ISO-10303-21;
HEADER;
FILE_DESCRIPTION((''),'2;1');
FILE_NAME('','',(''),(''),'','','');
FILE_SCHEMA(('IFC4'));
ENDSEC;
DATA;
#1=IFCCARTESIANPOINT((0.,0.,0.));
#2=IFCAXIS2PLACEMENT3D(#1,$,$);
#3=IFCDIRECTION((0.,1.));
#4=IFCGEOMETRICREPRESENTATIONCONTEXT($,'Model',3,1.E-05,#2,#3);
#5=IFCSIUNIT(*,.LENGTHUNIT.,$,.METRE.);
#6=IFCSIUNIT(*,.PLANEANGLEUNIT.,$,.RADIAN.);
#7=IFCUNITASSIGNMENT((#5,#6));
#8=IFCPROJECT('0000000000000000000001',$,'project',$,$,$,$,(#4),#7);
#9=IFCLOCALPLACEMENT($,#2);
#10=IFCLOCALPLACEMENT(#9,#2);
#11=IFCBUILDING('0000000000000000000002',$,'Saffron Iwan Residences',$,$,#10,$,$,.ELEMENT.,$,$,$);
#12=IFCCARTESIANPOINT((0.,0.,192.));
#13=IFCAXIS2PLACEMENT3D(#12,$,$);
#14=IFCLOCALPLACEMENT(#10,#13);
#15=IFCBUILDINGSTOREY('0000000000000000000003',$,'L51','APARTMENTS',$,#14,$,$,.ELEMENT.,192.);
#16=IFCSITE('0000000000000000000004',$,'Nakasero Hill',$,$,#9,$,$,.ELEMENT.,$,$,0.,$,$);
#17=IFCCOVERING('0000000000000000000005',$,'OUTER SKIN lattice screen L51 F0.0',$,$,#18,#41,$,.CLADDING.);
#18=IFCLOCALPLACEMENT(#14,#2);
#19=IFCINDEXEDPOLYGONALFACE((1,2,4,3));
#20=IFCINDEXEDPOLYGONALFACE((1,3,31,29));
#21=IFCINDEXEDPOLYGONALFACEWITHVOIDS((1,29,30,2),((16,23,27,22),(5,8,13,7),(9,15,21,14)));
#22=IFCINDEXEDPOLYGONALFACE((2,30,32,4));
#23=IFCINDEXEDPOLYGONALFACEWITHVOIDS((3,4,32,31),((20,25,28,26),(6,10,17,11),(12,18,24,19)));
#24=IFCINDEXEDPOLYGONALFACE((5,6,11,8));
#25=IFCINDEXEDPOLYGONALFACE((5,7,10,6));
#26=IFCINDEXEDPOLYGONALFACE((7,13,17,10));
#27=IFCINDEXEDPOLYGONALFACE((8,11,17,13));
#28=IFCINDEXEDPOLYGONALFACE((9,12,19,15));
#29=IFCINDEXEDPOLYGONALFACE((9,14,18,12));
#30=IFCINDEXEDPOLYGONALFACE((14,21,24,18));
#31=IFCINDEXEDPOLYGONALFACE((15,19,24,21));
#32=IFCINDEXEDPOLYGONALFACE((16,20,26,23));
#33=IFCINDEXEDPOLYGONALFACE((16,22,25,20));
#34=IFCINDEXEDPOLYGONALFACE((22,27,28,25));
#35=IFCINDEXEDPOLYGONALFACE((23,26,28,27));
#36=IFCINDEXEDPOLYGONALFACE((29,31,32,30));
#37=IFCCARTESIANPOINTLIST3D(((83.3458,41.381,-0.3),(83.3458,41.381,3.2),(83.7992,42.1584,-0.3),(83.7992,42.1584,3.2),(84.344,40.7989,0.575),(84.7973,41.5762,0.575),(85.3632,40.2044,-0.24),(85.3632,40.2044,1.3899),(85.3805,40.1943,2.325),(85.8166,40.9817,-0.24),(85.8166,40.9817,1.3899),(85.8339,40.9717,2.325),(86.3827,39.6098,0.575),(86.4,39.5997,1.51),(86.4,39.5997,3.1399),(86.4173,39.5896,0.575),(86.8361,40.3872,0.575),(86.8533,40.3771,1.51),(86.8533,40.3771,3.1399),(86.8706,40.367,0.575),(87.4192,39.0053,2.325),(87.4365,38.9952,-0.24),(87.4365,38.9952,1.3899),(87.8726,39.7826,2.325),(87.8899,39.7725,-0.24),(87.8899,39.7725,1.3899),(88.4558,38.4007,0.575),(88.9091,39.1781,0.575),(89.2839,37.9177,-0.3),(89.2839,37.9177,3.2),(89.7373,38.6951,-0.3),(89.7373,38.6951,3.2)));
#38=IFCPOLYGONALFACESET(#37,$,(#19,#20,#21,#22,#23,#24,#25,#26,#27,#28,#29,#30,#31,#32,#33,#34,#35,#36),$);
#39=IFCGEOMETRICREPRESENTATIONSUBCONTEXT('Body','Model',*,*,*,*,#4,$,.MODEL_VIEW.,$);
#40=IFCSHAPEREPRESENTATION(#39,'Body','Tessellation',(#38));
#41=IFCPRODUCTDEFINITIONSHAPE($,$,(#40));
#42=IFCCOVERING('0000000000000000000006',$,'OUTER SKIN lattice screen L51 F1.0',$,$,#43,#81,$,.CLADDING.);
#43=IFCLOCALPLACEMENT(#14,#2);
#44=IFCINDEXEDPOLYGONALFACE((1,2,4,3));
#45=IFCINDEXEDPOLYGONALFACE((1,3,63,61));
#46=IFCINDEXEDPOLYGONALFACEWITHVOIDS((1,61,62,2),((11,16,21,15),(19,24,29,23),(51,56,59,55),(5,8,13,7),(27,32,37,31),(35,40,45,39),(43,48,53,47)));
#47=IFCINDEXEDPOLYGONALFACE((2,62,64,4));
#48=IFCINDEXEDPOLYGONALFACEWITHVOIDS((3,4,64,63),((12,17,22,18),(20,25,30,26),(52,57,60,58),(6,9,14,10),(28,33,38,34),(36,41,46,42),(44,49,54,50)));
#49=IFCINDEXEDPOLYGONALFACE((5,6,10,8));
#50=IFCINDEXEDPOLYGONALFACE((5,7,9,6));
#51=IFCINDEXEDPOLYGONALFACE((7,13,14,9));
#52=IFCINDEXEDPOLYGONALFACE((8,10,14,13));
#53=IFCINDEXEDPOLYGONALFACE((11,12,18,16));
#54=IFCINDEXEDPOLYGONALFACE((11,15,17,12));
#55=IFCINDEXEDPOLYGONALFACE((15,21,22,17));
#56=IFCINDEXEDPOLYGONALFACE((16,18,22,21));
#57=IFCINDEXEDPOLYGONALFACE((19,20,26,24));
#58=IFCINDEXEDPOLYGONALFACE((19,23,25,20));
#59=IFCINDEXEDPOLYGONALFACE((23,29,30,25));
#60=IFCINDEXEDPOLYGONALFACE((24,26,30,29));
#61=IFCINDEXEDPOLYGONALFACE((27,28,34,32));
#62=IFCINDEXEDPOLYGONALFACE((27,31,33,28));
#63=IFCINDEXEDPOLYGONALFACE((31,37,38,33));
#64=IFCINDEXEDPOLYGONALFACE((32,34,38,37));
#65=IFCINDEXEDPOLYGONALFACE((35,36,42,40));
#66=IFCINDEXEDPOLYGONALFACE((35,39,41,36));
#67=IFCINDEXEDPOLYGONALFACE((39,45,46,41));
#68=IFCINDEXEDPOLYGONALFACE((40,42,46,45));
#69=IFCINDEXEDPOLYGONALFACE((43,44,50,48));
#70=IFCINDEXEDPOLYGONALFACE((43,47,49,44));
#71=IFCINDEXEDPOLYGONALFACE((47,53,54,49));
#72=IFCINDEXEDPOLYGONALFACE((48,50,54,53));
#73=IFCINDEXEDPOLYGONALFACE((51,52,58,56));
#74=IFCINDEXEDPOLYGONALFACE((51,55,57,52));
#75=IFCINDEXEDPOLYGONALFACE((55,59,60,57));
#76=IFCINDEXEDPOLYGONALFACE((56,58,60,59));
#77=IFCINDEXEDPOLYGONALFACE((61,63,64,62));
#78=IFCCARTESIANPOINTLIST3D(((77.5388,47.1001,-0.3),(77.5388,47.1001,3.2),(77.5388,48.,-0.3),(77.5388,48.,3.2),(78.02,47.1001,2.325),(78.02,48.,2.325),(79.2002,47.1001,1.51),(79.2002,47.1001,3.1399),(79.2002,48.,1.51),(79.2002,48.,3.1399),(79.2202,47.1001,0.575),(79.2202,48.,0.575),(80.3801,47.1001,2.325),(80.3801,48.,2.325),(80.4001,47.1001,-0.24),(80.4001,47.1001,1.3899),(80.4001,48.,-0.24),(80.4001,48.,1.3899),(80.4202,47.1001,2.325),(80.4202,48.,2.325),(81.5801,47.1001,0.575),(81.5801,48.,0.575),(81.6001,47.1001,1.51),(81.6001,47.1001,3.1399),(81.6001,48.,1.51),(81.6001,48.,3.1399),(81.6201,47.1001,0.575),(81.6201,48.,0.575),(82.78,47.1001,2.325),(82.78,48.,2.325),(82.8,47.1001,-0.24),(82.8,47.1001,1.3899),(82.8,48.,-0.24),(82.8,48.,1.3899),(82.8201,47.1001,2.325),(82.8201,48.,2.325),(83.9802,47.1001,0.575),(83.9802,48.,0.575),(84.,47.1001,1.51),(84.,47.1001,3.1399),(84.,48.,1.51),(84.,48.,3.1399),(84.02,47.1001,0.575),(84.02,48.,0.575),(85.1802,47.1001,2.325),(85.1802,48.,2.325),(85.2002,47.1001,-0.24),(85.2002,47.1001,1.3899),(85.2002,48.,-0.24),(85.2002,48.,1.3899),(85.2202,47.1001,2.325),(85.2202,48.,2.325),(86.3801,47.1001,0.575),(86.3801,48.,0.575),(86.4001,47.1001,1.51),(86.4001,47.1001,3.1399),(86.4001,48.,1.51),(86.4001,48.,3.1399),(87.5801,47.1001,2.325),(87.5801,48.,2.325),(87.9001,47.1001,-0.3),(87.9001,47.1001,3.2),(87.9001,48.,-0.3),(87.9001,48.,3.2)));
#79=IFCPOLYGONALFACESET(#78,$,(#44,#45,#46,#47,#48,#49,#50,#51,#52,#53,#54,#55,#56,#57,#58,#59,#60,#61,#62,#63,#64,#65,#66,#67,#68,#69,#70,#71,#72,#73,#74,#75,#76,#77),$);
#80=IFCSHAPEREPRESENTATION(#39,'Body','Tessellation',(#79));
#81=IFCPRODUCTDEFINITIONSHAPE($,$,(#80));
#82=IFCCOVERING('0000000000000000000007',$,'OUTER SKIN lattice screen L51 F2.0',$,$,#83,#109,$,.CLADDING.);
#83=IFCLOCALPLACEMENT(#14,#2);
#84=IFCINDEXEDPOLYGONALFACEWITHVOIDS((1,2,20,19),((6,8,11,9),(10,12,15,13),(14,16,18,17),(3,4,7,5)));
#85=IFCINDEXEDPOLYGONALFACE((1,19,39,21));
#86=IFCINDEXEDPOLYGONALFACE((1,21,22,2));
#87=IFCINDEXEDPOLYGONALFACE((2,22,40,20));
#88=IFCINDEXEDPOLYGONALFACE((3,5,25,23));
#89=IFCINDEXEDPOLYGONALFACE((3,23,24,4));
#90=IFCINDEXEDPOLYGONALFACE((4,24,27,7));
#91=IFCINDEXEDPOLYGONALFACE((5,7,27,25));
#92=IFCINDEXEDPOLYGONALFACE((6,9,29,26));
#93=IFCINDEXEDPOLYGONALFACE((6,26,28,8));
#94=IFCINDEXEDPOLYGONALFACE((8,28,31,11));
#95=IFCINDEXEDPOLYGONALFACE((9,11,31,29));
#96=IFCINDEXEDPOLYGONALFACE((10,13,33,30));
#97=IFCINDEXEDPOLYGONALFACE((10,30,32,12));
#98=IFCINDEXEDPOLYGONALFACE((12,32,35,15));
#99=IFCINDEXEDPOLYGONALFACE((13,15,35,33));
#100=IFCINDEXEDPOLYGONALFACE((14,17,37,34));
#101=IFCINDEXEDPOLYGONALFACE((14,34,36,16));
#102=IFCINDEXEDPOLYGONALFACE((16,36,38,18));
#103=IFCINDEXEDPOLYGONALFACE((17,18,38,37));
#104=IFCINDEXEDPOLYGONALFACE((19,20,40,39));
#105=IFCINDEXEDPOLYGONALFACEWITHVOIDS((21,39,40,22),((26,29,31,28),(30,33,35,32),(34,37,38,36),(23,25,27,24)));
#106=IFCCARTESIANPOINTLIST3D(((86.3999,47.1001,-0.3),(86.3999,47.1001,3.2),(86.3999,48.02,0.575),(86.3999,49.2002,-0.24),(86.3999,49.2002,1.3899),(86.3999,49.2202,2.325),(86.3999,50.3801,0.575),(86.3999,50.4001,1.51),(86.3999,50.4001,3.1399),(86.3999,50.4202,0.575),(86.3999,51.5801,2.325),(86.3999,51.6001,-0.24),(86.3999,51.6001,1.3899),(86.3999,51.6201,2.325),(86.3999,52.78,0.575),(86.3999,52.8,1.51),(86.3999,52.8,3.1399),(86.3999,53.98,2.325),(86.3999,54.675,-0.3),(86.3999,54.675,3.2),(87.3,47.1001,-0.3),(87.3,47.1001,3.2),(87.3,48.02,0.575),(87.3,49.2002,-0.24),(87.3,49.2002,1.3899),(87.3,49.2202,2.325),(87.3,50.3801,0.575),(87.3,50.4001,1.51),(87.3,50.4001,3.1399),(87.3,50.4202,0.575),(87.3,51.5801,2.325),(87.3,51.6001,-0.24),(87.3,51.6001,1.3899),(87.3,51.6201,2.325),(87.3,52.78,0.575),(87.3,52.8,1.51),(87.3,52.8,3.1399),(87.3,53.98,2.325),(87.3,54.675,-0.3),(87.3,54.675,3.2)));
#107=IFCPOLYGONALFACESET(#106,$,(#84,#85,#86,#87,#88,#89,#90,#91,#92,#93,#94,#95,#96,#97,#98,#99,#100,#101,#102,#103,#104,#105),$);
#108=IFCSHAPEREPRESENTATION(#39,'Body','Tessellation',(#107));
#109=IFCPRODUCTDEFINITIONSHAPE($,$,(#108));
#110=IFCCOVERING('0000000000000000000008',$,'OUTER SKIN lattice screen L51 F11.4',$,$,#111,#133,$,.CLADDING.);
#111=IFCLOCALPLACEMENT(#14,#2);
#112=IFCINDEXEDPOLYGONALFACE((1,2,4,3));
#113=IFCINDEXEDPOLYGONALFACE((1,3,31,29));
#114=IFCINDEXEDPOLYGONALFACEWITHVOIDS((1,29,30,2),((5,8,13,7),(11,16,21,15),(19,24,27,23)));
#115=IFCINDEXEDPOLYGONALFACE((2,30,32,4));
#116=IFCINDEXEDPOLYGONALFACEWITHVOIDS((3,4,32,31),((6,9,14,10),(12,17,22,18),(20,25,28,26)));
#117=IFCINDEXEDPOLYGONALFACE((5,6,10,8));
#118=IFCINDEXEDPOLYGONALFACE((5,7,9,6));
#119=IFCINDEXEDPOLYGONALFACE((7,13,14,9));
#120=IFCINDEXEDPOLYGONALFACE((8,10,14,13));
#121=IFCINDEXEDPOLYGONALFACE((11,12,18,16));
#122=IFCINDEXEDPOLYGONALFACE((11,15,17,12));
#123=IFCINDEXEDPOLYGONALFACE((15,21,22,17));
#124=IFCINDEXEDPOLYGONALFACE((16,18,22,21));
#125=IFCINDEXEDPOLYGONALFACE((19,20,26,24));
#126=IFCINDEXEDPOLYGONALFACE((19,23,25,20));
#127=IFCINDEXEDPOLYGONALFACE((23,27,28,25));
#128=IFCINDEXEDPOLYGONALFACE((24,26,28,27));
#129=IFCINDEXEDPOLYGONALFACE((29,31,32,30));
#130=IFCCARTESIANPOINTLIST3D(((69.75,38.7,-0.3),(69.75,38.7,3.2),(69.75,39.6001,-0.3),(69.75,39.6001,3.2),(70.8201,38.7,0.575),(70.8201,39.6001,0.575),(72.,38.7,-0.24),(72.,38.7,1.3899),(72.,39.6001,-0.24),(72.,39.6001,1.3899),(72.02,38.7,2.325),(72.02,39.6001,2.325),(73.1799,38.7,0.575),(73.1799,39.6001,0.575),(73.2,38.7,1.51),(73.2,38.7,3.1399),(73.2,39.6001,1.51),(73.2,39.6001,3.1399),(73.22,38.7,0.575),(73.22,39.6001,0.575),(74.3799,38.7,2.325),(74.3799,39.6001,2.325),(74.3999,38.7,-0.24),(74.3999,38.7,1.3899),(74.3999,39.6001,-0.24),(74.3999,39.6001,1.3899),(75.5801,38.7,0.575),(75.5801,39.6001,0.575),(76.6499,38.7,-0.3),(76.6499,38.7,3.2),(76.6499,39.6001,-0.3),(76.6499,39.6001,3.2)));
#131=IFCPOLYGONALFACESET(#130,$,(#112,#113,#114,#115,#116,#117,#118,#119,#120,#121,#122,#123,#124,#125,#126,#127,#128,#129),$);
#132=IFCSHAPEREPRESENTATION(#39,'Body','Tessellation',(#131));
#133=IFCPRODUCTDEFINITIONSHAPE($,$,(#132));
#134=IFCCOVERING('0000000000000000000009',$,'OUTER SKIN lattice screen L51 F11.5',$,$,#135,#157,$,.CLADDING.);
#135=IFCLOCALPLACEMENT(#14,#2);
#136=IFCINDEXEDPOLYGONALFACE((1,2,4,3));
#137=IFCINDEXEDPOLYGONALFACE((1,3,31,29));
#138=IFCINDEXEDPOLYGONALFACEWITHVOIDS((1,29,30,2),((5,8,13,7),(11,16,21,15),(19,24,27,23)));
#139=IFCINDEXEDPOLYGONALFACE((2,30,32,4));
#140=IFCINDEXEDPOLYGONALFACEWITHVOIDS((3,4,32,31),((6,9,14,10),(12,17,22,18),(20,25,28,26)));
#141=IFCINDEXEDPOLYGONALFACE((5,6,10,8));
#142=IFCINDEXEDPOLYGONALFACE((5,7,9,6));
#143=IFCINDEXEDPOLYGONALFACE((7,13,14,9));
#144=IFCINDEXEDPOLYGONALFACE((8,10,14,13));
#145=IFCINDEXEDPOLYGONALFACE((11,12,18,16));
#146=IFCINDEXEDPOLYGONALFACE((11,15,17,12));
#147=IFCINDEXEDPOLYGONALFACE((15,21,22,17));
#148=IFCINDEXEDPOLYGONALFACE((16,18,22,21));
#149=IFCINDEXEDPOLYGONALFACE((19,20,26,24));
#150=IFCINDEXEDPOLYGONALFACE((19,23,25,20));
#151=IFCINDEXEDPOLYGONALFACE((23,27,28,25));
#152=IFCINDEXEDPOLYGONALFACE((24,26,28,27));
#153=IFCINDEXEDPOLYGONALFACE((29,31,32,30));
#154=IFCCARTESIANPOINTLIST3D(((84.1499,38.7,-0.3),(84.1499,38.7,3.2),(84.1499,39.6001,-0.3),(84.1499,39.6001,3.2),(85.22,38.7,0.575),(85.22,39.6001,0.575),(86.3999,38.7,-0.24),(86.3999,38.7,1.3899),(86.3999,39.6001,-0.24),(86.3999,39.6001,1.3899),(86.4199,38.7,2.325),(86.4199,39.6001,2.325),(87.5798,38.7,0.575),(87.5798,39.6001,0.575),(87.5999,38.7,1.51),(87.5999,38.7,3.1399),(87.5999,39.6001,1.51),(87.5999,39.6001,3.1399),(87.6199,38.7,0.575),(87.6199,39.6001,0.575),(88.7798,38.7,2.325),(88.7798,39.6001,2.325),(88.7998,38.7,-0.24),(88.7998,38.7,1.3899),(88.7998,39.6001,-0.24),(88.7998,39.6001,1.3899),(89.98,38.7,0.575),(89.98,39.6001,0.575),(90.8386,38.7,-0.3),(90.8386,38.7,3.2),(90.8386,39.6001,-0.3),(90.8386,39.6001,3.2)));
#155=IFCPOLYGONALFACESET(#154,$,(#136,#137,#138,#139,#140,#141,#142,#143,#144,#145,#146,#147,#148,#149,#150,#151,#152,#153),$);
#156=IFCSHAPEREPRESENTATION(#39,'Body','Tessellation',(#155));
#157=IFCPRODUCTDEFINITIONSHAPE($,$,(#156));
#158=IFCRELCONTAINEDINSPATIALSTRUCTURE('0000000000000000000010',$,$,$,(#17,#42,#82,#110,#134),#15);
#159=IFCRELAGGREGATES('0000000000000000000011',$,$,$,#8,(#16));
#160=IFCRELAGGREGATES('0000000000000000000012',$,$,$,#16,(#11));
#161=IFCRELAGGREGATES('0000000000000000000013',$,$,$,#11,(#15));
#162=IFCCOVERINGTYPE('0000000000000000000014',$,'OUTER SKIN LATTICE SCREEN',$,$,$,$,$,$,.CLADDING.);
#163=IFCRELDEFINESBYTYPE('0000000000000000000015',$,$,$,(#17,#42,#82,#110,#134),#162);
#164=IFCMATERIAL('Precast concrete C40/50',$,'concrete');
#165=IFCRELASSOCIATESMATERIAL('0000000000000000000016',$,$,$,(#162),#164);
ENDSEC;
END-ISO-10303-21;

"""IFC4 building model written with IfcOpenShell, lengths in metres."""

from ifc_helpers import new_model, si_unit, direction, frame, origin, place, context, subcontext, project, spatial, polyline, outline, extrude, material, type_object, element, save


model = new_model("IFC4")

# Units and contexts
model_context = context("Model", 3, precision=1e-05, world=origin(), true_north=direction((0.0, 1.0)))
body_context = subcontext(model_context, "Body", "Model", "MODEL_VIEW")
ifc_project = project(units=[si_unit("LENGTHUNIT", "METRE"), si_unit("PLANEANGLEUNIT", "RADIAN")], contexts=[model_context])

# Site, building, storey
site_placement = place(None, origin())
site = spatial("IfcSite", under=ifc_project, at=site_placement, Name="Nakasero Hill", CompositionType="ELEMENT", RefElevation=0.0)
building_placement = place(site_placement, origin())
building = spatial("IfcBuilding", under=site, at=building_placement, Name="Saffron Iwan Residences", CompositionType="ELEMENT")
storey_placement = place(building_placement, frame((0.0, 0.0, 192.0)))
storey = spatial("IfcBuildingStorey", under=building, at=storey_placement, Name="L51", Description="APARTMENTS", CompositionType="ELEMENT", Elevation=192.0)

# Coverings
ifc_material_1 = material(Name="Precast concrete C40/50", Category="concrete")
covering_type = type_object("IfcCoveringType", Name="OUTER SKIN LATTICE SCREEN", PredefinedType="CLADDING", material=ifc_material_1)
covering_1_placement = place(storey_placement, frame((89.2839, 37.9177, -0.3), z_axis=(0.503804, 0.863818, 0.0), x_axis=(-0.863818, 0.503804, 0.0)))
element("IfcCovering", 1, at=covering_1_placement, inside=storey, type_object=covering_type, Name="OUTER SKIN lattice screen L51 F0.0", PredefinedType="CLADDING", context=body_context, shape_type="SweptSolid", body=[
    extrude(outline(polyline([(0.0, 0.0), (6.8743, 0.0), (6.8743, 3.5), (0.0, 3.5), (0.0, 0.0)]), holes=[polyline([(0.9587, 0.875), (2.1387, 0.0601), (3.3186, 0.875), (2.1387, 1.6899), (0.9587, 0.875)]), polyline([(3.3586, 0.875), (4.5388, 0.0601), (5.7188, 0.875), (4.5388, 1.6899), (3.3586, 0.875)]), polyline([(2.1587, 2.625), (3.3386, 1.8101), (4.5188, 2.625), (3.3386, 3.4399), (2.1587, 2.625)])]), origin(), (0.0, 0.0, 1.0), 0.8999),
])
covering_2_placement = place(storey_placement, frame((77.5388, 48.0, -0.3), z_axis=(0.0, -1.0, 0.0), x_axis=(1.0, 0.0, 0.0)))
element("IfcCovering", 2, at=covering_2_placement, inside=storey, type_object=covering_type, Name="OUTER SKIN lattice screen L51 F1.0", PredefinedType="CLADDING", context=body_context, shape_type="SweptSolid", body=[
    extrude(outline(polyline([(0.0, 0.0), (10.3613, 0.0), (10.3613, 3.5), (0.0, 3.5), (0.0, 0.0)]), holes=[polyline([(1.6814, 0.875), (2.8613, 0.0601), (4.0413, 0.875), (2.8613, 1.6899), (1.6814, 0.875)]), polyline([(4.0813, 0.875), (5.2612, 0.0601), (6.4414, 0.875), (5.2612, 1.6899), (4.0813, 0.875)]), polyline([(6.4812, 0.875), (7.6614, 0.0601), (8.8413, 0.875), (7.6614, 1.6899), (6.4812, 0.875)]), polyline([(0.4812, 2.625), (1.6614, 1.8101), (2.8413, 2.625), (1.6614, 3.4399), (0.4812, 2.625)]), polyline([(2.8813, 2.625), (4.0613, 1.8101), (5.2412, 2.625), (4.0613, 3.4399), (2.8813, 2.625)]), polyline([(5.2812, 2.625), (6.4612, 1.8101), (7.6414, 2.625), (6.4612, 3.4399), (5.2812, 2.625)]), polyline([(7.6814, 2.625), (8.8613, 1.8101), (10.0413, 2.625), (8.8613, 3.4399), (7.6814, 2.625)])]), origin(), (0.0, 0.0, 1.0), 0.8999),
])
covering_3_placement = place(storey_placement, frame((86.3999, 47.1001, -0.3), z_axis=(1.0, 0.0, 0.0), x_axis=(0.0, 1.0, 0.0)))
element("IfcCovering", 3, at=covering_3_placement, inside=storey, type_object=covering_type, Name="OUTER SKIN lattice screen L51 F2.0", PredefinedType="CLADDING", context=body_context, shape_type="SweptSolid", body=[
    extrude(outline(polyline([(0.0, 0.0), (7.575, 0.0), (7.575, 3.5), (0.0, 3.5), (0.0, 0.0)]), holes=[polyline([(0.9199, 0.875), (2.1001, 0.0601), (3.28, 0.875), (2.1001, 1.6899), (0.9199, 0.875)]), polyline([(3.3201, 0.875), (4.5, 0.0601), (5.6799, 0.875), (4.5, 1.6899), (3.3201, 0.875)]), polyline([(2.1201, 2.625), (3.3, 1.8101), (4.48, 2.625), (3.3, 3.4399), (2.1201, 2.625)]), polyline([(4.52, 2.625), (5.7, 1.8101), (6.8799, 2.625), (5.7, 3.4399), (4.52, 2.625)])]), origin(), (0.0, 0.0, 1.0), 0.9001),
])
covering_4_placement = place(storey_placement, frame((69.75, 39.6001, -0.3), z_axis=(0.0, -1.0, 0.0), x_axis=(1.0, 0.0, 0.0)))
element("IfcCovering", 4, at=covering_4_placement, inside=storey, type_object=covering_type, Name="OUTER SKIN lattice screen L51 F11.4", PredefinedType="CLADDING", context=body_context, shape_type="SweptSolid", body=[
    extrude(outline(polyline([(0.0, 0.0), (6.8999, 0.0), (6.8999, 3.5), (0.0, 3.5), (0.0, 0.0)]), holes=[polyline([(1.0701, 0.875), (2.25, 0.0601), (3.4299, 0.875), (2.25, 1.6899), (1.0701, 0.875)]), polyline([(3.47, 0.875), (4.6499, 0.0601), (5.8301, 0.875), (4.6499, 1.6899), (3.47, 0.875)]), polyline([(2.27, 2.625), (3.45, 1.8101), (4.6299, 2.625), (3.45, 3.4399), (2.27, 2.625)])]), origin(), (0.0, 0.0, 1.0), 0.9001),
])
covering_5_placement = place(storey_placement, frame((84.1499, 39.6001, -0.3), z_axis=(0.0, -1.0, 0.0), x_axis=(1.0, 0.0, 0.0)))
element("IfcCovering", 5, at=covering_5_placement, inside=storey, type_object=covering_type, Name="OUTER SKIN lattice screen L51 F11.5", PredefinedType="CLADDING", context=body_context, shape_type="SweptSolid", body=[
    extrude(outline(polyline([(0.0, 0.0), (6.6887, 0.0), (6.6887, 3.5), (0.0, 3.5), (0.0, 0.0)]), holes=[polyline([(1.0701, 0.875), (2.25, 0.0601), (3.4299, 0.875), (2.25, 1.6899), (1.0701, 0.875)]), polyline([(3.47, 0.875), (4.6499, 0.0601), (5.8301, 0.875), (4.6499, 1.6899), (3.47, 0.875)]), polyline([(2.27, 2.625), (3.45, 1.8101), (4.6299, 2.625), (3.45, 3.4399), (2.27, 2.625)])]), origin(), (0.0, 0.0, 1.0), 0.9001),
])

save(model, "model.ifc")
